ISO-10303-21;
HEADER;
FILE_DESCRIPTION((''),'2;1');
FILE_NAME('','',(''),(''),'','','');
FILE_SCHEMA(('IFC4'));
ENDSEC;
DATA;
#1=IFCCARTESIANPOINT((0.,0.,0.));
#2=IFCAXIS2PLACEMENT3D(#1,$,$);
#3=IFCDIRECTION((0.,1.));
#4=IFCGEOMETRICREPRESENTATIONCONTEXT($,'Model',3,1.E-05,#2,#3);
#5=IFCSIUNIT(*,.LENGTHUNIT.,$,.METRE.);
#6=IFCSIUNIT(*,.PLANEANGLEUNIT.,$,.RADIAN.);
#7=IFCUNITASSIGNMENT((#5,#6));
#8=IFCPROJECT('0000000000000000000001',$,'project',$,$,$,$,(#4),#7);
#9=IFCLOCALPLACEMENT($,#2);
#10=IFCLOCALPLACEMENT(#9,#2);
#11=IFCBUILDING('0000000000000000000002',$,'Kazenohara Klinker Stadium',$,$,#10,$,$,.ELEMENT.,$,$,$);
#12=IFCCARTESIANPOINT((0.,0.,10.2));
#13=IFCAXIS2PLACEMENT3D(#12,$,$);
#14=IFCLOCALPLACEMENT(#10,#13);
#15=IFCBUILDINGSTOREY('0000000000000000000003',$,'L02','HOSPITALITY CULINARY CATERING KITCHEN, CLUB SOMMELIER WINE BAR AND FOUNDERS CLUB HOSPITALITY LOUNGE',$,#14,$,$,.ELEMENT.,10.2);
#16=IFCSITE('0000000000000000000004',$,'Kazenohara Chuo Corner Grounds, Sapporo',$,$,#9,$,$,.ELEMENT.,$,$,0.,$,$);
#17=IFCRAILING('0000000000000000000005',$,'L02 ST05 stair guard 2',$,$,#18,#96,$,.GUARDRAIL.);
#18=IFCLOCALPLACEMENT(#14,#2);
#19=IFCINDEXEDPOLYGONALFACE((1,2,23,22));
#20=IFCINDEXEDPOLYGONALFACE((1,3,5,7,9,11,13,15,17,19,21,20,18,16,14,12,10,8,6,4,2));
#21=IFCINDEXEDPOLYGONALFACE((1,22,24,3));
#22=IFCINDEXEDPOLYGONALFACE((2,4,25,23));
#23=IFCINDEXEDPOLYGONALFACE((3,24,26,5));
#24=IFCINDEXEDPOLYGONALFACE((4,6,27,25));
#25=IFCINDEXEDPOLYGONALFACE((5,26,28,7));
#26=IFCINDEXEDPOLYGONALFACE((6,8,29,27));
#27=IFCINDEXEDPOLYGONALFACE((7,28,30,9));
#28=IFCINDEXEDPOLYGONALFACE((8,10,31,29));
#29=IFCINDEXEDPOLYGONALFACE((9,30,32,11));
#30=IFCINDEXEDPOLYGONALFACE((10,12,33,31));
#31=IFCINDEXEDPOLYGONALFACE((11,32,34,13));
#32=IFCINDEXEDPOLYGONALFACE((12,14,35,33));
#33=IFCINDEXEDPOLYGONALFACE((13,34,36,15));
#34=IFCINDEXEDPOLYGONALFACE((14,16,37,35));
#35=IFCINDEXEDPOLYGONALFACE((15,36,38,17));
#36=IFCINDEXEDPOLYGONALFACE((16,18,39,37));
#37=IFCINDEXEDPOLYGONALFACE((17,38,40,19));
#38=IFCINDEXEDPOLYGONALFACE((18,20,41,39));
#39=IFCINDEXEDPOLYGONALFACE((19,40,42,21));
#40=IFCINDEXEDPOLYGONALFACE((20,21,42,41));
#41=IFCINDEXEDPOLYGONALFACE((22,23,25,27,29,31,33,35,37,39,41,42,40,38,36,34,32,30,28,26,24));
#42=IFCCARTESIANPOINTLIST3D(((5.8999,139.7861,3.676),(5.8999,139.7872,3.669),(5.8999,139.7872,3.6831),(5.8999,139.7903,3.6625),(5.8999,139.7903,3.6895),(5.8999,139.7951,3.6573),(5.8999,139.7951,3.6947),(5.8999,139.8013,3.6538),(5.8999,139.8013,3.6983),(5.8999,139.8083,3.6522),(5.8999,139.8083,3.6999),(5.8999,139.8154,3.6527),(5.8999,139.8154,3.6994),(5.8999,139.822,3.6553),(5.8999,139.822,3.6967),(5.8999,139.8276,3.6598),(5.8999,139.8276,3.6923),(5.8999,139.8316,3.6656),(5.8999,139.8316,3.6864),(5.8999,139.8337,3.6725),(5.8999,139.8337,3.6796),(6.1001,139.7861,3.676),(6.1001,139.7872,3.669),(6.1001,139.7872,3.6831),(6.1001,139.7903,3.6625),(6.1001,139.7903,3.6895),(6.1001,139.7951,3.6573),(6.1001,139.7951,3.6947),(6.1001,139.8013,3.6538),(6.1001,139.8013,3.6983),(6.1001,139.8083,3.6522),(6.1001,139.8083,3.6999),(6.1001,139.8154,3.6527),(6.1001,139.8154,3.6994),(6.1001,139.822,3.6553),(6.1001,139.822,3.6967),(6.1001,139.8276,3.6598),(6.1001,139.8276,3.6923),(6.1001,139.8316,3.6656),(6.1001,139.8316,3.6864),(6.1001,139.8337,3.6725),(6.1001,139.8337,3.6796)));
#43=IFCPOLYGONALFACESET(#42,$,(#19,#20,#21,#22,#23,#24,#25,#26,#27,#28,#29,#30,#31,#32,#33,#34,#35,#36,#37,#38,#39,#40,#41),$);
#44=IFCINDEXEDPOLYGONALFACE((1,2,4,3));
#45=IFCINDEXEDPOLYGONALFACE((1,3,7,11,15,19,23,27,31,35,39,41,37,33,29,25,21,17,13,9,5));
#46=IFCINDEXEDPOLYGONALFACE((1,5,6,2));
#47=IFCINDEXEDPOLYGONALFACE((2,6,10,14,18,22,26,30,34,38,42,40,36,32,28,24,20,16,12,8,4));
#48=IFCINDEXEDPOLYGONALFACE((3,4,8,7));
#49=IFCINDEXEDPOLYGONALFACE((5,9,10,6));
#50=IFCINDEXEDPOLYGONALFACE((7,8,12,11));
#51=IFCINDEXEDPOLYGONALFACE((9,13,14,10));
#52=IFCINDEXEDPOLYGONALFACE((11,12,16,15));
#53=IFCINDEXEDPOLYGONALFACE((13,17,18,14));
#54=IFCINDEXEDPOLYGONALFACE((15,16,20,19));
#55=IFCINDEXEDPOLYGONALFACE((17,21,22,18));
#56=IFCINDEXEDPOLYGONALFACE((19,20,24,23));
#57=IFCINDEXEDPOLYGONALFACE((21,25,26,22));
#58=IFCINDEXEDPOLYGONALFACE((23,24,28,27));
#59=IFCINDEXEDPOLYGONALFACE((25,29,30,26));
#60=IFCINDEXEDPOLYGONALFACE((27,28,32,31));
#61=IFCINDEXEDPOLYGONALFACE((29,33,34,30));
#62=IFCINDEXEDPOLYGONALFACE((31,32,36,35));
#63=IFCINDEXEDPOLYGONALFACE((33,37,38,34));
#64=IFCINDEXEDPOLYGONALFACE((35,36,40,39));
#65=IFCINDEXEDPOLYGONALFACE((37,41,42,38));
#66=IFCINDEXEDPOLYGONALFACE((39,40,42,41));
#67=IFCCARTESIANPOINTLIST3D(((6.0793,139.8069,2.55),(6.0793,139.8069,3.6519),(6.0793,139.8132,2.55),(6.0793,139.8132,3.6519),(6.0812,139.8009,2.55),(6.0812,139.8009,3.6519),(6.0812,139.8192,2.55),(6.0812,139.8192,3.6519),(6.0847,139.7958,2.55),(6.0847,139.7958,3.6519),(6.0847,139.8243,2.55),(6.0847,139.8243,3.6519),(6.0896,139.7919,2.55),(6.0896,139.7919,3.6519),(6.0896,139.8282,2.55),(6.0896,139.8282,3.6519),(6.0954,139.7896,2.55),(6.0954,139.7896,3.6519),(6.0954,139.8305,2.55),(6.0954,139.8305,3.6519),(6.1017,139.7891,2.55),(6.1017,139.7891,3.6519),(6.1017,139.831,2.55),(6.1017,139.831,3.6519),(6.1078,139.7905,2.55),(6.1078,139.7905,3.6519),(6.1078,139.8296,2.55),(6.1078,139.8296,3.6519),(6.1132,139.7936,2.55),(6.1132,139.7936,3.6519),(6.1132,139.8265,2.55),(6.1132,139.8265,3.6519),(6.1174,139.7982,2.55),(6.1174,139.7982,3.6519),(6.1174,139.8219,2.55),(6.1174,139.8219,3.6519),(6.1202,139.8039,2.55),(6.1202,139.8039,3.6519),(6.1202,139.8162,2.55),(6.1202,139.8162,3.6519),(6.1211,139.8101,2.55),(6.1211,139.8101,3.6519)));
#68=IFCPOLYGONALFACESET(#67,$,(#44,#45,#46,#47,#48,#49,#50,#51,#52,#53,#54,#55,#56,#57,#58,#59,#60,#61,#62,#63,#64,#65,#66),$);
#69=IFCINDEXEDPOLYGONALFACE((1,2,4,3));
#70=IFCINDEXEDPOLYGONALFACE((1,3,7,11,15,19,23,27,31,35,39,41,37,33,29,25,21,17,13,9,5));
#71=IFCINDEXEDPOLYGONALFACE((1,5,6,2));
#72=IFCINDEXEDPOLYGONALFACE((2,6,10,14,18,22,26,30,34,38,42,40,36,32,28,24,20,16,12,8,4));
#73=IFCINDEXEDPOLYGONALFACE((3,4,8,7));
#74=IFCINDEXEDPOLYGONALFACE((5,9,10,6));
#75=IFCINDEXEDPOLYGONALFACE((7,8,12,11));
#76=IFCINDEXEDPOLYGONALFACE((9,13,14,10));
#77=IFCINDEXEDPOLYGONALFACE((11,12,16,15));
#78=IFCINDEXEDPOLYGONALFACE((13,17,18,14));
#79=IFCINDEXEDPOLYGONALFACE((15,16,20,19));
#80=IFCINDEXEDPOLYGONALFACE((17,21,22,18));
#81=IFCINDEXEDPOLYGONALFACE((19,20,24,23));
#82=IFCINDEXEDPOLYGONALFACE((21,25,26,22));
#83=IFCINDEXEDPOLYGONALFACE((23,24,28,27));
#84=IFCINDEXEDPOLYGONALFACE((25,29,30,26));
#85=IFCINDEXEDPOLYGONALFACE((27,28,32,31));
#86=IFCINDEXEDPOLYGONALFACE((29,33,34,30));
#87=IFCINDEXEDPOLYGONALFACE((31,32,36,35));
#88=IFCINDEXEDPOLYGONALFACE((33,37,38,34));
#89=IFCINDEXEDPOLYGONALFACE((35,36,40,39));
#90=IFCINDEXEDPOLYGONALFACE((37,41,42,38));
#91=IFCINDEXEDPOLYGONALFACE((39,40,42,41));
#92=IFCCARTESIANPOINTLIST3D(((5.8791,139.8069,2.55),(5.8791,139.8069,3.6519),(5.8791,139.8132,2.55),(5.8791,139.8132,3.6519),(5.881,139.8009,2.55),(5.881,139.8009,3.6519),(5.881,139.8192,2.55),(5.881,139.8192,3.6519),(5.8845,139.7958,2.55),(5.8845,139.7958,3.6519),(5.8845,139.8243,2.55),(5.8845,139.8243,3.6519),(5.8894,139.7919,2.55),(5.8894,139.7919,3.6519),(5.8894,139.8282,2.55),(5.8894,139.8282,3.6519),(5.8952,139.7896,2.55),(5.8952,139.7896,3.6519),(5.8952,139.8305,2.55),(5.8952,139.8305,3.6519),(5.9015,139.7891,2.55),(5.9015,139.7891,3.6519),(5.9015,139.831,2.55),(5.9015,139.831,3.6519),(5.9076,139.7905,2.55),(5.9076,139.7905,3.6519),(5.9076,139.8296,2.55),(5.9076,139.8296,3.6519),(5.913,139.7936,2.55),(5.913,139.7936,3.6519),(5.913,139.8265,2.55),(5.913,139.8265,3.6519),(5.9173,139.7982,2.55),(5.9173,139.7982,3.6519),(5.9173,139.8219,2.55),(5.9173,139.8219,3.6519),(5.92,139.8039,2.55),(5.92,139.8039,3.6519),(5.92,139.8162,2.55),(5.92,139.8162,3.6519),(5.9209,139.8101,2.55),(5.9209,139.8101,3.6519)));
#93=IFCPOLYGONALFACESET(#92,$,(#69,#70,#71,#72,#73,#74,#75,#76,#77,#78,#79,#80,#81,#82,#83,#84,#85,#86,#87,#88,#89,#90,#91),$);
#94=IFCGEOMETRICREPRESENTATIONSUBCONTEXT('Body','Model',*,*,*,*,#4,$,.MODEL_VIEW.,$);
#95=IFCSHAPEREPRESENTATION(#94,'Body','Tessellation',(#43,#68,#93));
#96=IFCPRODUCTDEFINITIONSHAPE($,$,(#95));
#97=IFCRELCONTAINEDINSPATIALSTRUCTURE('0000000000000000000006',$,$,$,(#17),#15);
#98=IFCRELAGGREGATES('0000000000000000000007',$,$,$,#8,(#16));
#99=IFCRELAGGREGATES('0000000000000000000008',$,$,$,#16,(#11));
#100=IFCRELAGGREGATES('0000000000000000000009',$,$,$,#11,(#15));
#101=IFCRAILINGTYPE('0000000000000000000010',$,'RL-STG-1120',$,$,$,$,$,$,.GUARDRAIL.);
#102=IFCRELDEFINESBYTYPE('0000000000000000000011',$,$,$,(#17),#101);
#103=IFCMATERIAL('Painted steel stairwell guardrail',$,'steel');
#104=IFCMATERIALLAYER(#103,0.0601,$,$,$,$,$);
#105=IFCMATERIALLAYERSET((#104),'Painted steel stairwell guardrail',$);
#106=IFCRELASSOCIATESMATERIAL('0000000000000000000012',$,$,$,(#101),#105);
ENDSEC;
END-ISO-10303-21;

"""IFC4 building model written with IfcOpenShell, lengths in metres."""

from ifc_helpers import new_model, si_unit, direction, frame, origin, origin_2d, place, context, subcontext, project, spatial, circle, extrude, material, layer, layer_set, type_object, element, save


model = new_model("IFC4")

# Units and contexts
model_context = context("Model", 3, precision=1e-05, world=origin(), true_north=direction((0.0, 1.0)))
body_context = subcontext(model_context, "Body", "Model", "MODEL_VIEW")
ifc_project = project(units=[si_unit("LENGTHUNIT", "METRE"), si_unit("PLANEANGLEUNIT", "RADIAN")], contexts=[model_context])

# Site, building, storey
site_placement = place(None, origin())
site = spatial("IfcSite", under=ifc_project, at=site_placement, Name="Kazenohara Chuo Corner Grounds, Sapporo", CompositionType="ELEMENT", RefElevation=0.0)
building_placement = place(site_placement, origin())
building = spatial("IfcBuilding", under=site, at=building_placement, Name="Kazenohara Klinker Stadium", CompositionType="ELEMENT")
storey_placement = place(building_placement, frame((0.0, 0.0, 10.2)))
storey = spatial("IfcBuildingStorey", under=building, at=storey_placement, Name="L02", Description="HOSPITALITY CULINARY CATERING KITCHEN, CLUB SOMMELIER WINE BAR AND FOUNDERS CLUB HOSPITALITY LOUNGE", CompositionType="ELEMENT", Elevation=10.2)

# Railing
ifc_material_1 = material(Name="Painted steel stairwell guardrail", Category="steel")
ifc_layer_1 = layer(ifc_material_1, 0.0601)
ifc_layer_set_1 = layer_set([ifc_layer_1], Name="Painted steel stairwell guardrail")
railing_type_1 = type_object("IfcRailingType", Name="RL-STG-1120", PredefinedType="GUARDRAIL", material=ifc_layer_set_1)
railing_1_placement = place(storey_placement, frame((6.1001, 139.8101, 2.55)))
element("IfcRailing", 1, at=railing_1_placement, inside=storey, type_object=railing_type_1, Name="L02 ST05 stair guard 2", PredefinedType="GUARDRAIL", context=body_context, shape_type="SweptSolid", body=[
    extrude(circle(Radius=0.0239, at=origin_2d()), frame((0.0, 0.0, 1.126), z_axis=(-1.0, 0.0, 0.0), x_axis=(0.0, -1.0, 0.0)), (0.0, 0.0, 1.0), 0.2002),
    extrude(circle(Radius=0.021, at=origin_2d()), origin(), (0.0, 0.0, 1.0), 1.1018),
    extrude(circle(Radius=0.021, at=origin_2d()), frame((-0.2002, 0.0, 0.0)), (0.0, 0.0, 1.0), 1.1018),
])

save(model, "model.ifc")
